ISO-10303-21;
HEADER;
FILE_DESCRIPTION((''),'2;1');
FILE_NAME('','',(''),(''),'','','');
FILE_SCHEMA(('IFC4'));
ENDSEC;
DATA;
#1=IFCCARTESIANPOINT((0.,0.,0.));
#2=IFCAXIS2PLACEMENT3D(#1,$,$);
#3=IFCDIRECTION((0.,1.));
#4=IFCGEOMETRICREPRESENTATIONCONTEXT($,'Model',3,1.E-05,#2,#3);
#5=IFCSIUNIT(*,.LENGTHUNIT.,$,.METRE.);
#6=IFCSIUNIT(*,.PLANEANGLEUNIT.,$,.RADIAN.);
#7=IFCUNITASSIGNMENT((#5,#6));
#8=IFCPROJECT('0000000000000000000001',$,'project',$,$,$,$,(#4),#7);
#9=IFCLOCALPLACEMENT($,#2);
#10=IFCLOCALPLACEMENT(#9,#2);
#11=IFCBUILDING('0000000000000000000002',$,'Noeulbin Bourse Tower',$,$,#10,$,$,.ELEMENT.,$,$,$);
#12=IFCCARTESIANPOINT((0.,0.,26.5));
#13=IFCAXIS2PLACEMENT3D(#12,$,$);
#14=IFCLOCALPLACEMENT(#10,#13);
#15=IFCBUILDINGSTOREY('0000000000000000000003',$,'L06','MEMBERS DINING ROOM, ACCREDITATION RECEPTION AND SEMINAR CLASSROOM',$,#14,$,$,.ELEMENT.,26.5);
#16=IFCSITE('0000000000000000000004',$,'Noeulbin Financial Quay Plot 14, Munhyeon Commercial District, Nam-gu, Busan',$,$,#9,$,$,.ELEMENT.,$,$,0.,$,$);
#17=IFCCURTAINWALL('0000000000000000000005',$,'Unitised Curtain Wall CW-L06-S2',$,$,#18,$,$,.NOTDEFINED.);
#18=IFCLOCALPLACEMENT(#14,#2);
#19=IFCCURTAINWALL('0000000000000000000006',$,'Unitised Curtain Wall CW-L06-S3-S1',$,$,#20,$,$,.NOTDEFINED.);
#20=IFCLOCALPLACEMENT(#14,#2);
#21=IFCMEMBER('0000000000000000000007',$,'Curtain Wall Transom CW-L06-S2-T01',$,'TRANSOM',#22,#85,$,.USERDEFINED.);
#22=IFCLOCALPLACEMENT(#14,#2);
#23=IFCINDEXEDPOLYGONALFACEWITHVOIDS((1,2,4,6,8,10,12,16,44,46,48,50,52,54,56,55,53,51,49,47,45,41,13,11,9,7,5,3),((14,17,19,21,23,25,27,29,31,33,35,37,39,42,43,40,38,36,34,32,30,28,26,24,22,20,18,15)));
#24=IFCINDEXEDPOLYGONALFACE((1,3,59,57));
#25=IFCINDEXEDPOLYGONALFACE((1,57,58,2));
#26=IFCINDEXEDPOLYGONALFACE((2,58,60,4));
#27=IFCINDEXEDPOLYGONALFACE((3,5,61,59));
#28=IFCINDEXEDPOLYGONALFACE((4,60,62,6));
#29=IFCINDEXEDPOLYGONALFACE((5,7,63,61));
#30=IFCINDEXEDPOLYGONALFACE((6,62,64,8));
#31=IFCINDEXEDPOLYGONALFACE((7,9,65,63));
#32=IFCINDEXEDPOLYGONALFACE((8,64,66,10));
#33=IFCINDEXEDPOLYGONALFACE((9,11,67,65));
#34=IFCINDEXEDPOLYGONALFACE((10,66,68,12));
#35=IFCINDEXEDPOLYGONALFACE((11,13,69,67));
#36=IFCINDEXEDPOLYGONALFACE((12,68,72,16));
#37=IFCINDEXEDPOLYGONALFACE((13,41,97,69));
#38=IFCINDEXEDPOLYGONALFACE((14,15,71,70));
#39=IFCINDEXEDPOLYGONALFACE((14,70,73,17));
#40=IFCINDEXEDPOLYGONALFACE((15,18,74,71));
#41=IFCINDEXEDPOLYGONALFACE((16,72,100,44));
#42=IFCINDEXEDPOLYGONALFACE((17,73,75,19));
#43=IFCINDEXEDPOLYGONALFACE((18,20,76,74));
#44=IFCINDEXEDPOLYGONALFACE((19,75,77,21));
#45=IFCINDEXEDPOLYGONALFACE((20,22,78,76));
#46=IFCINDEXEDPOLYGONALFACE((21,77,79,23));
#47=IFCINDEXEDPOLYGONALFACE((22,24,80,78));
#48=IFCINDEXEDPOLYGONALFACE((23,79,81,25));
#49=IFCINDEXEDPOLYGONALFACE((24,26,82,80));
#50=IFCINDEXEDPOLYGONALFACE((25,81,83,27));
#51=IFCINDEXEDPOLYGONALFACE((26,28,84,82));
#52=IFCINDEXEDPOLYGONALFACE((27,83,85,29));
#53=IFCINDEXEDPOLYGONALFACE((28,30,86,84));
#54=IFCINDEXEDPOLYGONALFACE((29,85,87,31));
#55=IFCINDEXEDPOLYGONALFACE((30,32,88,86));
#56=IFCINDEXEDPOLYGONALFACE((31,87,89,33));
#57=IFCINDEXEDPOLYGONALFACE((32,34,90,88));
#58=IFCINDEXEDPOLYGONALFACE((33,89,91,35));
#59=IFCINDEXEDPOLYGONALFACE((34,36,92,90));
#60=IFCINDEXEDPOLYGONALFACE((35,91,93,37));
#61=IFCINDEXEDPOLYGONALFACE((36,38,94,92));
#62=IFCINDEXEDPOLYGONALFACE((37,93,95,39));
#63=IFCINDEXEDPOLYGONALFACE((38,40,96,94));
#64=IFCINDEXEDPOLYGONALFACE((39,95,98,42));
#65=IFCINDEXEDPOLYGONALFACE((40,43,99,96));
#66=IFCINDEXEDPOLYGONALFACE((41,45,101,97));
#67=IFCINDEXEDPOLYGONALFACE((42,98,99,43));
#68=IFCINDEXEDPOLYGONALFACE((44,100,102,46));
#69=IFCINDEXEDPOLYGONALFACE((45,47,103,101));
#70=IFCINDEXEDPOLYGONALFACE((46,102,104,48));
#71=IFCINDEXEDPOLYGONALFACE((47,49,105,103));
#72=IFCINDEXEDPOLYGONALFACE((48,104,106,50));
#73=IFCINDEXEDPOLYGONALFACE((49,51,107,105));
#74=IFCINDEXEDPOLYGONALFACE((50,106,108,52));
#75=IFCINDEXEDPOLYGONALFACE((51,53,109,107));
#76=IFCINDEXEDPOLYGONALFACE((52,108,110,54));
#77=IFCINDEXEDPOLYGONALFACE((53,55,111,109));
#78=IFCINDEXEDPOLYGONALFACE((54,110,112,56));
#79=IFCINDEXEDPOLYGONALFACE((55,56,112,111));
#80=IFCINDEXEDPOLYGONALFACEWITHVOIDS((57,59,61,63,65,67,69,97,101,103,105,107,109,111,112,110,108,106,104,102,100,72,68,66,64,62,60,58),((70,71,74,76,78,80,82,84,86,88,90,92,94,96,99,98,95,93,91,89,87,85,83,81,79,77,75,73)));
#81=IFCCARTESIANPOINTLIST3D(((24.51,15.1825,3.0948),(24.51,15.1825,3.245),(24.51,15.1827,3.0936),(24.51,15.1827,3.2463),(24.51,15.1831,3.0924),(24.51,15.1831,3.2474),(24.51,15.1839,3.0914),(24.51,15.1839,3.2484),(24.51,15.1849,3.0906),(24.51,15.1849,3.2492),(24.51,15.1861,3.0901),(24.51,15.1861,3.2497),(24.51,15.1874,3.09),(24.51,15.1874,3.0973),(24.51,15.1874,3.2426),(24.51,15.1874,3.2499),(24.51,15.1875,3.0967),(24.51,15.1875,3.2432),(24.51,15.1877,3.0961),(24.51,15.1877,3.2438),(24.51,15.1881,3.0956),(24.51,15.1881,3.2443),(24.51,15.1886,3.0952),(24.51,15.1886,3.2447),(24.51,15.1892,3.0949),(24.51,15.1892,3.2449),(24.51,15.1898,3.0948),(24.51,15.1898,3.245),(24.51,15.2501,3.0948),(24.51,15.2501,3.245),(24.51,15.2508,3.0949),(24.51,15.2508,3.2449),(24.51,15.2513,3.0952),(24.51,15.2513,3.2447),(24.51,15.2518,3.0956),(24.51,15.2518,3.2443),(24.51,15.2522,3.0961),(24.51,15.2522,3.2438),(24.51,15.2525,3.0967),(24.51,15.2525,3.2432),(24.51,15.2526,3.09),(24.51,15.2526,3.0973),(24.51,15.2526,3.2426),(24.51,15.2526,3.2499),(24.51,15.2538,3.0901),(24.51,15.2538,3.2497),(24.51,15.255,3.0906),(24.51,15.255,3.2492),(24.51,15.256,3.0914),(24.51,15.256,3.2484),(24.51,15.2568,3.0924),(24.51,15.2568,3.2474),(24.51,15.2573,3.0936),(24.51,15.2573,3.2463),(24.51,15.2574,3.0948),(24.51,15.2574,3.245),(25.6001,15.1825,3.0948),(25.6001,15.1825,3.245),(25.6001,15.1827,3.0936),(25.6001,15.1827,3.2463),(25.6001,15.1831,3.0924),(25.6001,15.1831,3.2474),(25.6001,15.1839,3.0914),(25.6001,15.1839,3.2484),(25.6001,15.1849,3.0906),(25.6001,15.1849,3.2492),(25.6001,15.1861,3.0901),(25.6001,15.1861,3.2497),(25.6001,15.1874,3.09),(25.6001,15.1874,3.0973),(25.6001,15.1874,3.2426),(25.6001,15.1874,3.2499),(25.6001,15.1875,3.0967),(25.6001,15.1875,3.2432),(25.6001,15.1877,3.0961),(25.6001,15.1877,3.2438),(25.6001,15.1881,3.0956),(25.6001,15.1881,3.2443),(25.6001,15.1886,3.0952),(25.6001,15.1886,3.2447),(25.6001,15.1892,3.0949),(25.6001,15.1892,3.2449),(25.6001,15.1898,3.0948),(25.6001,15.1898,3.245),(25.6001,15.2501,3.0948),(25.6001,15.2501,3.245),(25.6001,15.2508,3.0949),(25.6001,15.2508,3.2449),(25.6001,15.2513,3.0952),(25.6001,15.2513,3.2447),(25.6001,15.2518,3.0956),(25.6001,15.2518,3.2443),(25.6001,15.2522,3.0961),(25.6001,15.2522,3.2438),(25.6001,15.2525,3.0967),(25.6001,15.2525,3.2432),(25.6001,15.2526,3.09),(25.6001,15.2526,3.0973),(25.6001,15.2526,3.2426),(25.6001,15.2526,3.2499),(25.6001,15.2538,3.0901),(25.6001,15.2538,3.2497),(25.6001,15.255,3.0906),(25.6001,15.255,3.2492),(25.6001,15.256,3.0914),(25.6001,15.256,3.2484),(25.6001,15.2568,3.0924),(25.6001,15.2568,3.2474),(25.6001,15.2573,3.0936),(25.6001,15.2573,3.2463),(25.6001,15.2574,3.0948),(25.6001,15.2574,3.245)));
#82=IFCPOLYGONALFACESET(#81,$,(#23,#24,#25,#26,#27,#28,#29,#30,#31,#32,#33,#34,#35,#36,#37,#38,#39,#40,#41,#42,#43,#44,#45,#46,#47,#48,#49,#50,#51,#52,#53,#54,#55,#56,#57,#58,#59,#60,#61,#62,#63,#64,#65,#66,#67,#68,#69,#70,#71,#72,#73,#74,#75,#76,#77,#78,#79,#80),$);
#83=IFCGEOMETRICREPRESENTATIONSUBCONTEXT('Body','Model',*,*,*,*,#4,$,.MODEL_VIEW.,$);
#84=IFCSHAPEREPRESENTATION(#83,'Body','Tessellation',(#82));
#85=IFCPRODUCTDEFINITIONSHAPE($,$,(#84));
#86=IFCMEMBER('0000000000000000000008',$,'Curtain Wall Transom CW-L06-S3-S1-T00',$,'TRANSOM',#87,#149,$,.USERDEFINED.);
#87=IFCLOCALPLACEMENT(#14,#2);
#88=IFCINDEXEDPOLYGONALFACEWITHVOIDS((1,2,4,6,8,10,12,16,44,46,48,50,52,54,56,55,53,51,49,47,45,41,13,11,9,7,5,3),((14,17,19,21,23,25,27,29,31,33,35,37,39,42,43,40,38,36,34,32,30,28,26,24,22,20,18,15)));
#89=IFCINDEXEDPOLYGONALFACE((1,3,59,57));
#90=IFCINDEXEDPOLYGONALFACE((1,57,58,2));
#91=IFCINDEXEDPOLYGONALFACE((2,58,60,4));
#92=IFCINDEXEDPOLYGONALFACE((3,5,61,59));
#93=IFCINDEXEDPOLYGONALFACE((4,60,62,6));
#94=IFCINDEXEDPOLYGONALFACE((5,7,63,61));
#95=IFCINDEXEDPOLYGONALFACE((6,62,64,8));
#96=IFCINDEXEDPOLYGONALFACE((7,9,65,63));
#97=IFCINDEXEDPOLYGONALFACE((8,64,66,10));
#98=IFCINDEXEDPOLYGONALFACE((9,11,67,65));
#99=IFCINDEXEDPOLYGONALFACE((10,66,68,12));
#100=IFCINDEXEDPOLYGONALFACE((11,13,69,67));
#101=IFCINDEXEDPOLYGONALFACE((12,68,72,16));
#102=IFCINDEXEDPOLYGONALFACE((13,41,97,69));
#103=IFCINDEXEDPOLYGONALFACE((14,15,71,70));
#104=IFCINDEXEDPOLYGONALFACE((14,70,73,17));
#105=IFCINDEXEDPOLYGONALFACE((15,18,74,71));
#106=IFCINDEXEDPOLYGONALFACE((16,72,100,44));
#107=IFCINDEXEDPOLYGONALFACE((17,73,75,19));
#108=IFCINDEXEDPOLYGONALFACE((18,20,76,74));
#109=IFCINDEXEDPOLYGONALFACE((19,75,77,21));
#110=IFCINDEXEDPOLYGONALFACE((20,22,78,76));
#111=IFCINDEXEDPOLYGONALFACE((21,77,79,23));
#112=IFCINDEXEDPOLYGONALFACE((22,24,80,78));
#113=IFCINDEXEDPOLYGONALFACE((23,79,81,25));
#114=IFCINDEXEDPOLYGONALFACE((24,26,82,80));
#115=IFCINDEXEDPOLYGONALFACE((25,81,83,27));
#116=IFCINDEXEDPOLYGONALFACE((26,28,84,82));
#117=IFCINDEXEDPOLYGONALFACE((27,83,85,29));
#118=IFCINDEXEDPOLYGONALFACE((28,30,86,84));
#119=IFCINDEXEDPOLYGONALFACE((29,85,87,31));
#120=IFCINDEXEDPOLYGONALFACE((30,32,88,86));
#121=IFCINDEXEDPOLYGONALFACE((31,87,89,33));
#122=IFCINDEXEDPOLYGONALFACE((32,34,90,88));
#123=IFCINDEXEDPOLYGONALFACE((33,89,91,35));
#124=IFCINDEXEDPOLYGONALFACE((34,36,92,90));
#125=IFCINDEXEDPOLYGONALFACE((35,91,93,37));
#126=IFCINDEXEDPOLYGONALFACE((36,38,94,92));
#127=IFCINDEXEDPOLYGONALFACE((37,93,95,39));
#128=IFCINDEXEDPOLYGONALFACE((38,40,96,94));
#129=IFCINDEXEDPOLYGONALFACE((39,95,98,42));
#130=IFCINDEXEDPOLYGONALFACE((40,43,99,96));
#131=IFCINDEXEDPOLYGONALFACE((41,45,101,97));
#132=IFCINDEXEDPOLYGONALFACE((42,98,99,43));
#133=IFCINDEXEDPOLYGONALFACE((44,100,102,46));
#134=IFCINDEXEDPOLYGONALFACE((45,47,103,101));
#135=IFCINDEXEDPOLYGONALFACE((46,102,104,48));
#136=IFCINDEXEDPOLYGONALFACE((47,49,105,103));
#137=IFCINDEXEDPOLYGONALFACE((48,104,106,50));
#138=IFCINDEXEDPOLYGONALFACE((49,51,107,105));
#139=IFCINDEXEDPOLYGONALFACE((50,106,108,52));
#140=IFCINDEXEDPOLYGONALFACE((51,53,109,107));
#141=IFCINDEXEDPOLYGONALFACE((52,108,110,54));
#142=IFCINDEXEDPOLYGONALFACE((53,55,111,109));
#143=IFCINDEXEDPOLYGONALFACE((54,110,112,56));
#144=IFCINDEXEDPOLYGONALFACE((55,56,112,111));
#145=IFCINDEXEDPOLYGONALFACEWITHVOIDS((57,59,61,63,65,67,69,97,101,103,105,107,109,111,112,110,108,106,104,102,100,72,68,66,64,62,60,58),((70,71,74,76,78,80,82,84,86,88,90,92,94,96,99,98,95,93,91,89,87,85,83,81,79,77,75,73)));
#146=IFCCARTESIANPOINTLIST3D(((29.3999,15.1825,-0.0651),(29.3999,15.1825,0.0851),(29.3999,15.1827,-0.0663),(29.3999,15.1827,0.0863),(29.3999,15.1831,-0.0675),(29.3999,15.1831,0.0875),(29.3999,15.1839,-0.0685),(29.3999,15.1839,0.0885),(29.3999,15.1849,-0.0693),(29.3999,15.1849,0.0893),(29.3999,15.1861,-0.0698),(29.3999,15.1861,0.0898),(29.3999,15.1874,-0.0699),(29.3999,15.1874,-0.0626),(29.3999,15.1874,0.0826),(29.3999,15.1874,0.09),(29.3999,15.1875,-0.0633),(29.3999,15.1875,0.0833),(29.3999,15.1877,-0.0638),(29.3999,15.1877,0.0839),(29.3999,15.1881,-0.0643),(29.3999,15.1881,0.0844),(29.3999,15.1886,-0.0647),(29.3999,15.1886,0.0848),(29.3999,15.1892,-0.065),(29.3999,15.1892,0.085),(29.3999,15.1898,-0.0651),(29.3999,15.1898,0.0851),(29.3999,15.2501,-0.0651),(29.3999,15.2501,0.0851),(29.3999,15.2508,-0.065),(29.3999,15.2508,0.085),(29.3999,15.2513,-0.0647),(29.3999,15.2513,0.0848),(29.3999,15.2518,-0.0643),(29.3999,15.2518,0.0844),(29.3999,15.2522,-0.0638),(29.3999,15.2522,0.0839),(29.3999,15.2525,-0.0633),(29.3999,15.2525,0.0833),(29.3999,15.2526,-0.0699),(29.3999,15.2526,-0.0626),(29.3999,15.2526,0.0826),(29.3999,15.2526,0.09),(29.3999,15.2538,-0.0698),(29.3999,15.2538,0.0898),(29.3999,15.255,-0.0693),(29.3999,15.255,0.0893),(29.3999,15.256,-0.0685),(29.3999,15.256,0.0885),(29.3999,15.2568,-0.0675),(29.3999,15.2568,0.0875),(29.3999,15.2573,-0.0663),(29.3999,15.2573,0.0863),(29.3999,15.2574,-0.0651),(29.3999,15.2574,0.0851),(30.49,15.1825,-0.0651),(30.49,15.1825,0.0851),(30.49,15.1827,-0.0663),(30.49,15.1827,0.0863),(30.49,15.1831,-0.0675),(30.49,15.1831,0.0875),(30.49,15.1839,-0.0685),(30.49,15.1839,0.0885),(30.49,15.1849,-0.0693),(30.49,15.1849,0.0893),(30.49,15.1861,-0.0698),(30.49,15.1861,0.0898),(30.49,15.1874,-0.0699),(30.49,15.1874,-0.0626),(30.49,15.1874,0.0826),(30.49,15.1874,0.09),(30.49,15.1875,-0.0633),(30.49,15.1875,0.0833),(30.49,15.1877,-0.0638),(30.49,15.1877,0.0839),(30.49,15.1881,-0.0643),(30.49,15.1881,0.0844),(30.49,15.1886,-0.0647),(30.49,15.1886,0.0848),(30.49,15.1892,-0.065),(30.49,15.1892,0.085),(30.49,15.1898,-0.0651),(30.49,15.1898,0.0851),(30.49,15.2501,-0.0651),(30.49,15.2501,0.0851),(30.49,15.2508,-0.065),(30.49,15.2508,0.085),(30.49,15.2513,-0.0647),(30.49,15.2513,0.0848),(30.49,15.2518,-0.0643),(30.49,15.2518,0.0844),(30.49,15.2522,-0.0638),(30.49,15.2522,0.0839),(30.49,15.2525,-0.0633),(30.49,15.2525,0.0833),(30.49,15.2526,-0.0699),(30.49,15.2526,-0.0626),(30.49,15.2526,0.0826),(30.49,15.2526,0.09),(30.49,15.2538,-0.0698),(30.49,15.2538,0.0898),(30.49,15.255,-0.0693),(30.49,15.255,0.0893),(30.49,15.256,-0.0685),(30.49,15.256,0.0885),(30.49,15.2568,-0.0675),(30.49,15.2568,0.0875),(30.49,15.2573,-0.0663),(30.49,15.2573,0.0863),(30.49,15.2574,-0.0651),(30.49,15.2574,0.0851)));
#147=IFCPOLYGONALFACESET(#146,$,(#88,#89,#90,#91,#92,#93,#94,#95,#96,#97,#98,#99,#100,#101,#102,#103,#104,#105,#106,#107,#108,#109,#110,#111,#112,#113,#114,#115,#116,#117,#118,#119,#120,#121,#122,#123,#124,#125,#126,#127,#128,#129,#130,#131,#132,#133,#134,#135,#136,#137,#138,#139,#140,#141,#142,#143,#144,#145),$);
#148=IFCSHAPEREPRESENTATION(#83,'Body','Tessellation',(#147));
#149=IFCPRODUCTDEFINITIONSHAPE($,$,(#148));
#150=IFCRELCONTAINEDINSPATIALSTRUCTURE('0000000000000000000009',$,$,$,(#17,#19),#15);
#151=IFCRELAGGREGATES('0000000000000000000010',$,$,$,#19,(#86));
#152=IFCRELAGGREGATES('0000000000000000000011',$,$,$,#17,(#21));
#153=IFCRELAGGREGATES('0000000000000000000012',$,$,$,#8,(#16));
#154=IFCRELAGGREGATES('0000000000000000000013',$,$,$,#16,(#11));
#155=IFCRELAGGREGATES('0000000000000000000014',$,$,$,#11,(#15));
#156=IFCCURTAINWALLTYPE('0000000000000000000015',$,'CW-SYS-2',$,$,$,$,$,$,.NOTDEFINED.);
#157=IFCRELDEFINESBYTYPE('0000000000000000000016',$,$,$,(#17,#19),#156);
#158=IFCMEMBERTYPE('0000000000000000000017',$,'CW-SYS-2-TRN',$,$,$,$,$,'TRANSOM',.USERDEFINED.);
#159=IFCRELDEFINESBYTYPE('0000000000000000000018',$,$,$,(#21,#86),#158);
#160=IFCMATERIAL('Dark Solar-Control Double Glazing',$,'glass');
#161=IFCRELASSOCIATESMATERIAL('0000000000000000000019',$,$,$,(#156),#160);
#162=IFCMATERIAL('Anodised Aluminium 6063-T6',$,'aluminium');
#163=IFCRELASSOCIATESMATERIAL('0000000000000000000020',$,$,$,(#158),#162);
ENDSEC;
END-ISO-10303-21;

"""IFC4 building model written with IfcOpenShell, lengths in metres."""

from ifc_helpers import new_model, si_unit, direction, frame, origin, origin_2d, place, context, subcontext, project, spatial, hollow_rectangle, extrude, material, material_profile, profile_set, type_object, element, aggregate, save


model = new_model("IFC4")

# Units and contexts
model_context = context("Model", 3, precision=1e-05, world=origin(), true_north=direction((0.0, 1.0)))
body_context = subcontext(model_context, "Body", "Model", "MODEL_VIEW")
ifc_project = project(units=[si_unit("LENGTHUNIT", "METRE"), si_unit("PLANEANGLEUNIT", "RADIAN")], contexts=[model_context])

# Site, building, storey
site_placement = place(None, origin())
site = spatial("IfcSite", under=ifc_project, at=site_placement, Name="Noeulbin Financial Quay Plot 14, Munhyeon Commercial District, Nam-gu, Busan", CompositionType="ELEMENT", RefElevation=0.0)
building_placement = place(site_placement, origin())
building = spatial("IfcBuilding", under=site, at=building_placement, Name="Noeulbin Bourse Tower", CompositionType="ELEMENT")
storey_placement = place(building_placement, frame((0.0, 0.0, 26.5)))
storey = spatial("IfcBuildingStorey", under=building, at=storey_placement, Name="L06", Description="MEMBERS DINING ROOM, ACCREDITATION RECEPTION AND SEMINAR CLASSROOM", CompositionType="ELEMENT", Elevation=26.5)

# Shared definitions
ifc_material_1 = material(Name="Dark Solar-Control Double Glazing", Category="glass")
curtain_wall_type = type_object("IfcCurtainWallType", Name="CW-SYS-2", PredefinedType="NOTDEFINED", material=ifc_material_1)
ifc_material_2 = material(Name="Anodised Aluminium 6063-T6", Category="aluminium")

# Curtain walls
curtain_wall_1_placement = place(storey_placement, origin())
curtain_wall_1 = element("IfcCurtainWall", 1, at=curtain_wall_1_placement, inside=storey, type_object=curtain_wall_type, Name="Unitised Curtain Wall CW-L06-S2", PredefinedType="NOTDEFINED")
curtain_wall_2_placement = place(storey_placement, origin())
curtain_wall_2 = element("IfcCurtainWall", 2, at=curtain_wall_2_placement, inside=storey, type_object=curtain_wall_type, Name="Unitised Curtain Wall CW-L06-S3-S1", PredefinedType="NOTDEFINED")

# Members
ifc_material_profile_1 = material_profile(ifc_material_2, hollow_rectangle(XDim=0.075, YDim=0.1599, WallThickness=0.0049, InnerFilletRadius=0.0024, OuterFilletRadius=0.0049, at=origin_2d()), Name="ALU-TRAN-75x160x5", Category="LoadBearing")
ifc_profile_set_1 = profile_set([ifc_material_profile_1], Name="Anodised Aluminium 6063-T6")
member_type_1 = type_object("IfcMemberType", Name="CW-SYS-2-TRN", ElementType="TRANSOM", PredefinedType="USERDEFINED", material=ifc_profile_set_1)
member_1_placement = place(storey_placement, frame((24.51, 15.22, 3.1699), z_axis=(1.0, 0.0, 0.0), x_axis=(0.0, 1.0, 0.0)))
member_1 = element("IfcMember", 3, at=member_1_placement, type_object=member_type_1, Name="Curtain Wall Transom CW-L06-S2-T01", ObjectType="TRANSOM", PredefinedType="USERDEFINED", context=body_context, shape_type="SweptSolid", body=[
    extrude(hollow_rectangle(XDim=0.075, YDim=0.1599, WallThickness=0.0049, InnerFilletRadius=0.0024, OuterFilletRadius=0.0049, at=origin_2d()), origin(), (0.0, 0.0, 1.0), 1.0901),
])
member_2_placement = place(storey_placement, frame((29.3999, 15.22, 0.01), z_axis=(1.0, 0.0, 0.0), x_axis=(0.0, 1.0, 0.0)))
member_2 = element("IfcMember", 4, at=member_2_placement, type_object=member_type_1, Name="Curtain Wall Transom CW-L06-S3-S1-T00", ObjectType="TRANSOM", PredefinedType="USERDEFINED", context=body_context, shape_type="SweptSolid", body=[
    extrude(hollow_rectangle(XDim=0.075, YDim=0.1599, WallThickness=0.0049, InnerFilletRadius=0.0024, OuterFilletRadius=0.0049, at=origin_2d()), origin(), (0.0, 0.0, 1.0), 1.0901),
])
aggregate(curtain_wall_2, [member_2])

aggregate(curtain_wall_1, [member_1])

save(model, "model.ifc")
